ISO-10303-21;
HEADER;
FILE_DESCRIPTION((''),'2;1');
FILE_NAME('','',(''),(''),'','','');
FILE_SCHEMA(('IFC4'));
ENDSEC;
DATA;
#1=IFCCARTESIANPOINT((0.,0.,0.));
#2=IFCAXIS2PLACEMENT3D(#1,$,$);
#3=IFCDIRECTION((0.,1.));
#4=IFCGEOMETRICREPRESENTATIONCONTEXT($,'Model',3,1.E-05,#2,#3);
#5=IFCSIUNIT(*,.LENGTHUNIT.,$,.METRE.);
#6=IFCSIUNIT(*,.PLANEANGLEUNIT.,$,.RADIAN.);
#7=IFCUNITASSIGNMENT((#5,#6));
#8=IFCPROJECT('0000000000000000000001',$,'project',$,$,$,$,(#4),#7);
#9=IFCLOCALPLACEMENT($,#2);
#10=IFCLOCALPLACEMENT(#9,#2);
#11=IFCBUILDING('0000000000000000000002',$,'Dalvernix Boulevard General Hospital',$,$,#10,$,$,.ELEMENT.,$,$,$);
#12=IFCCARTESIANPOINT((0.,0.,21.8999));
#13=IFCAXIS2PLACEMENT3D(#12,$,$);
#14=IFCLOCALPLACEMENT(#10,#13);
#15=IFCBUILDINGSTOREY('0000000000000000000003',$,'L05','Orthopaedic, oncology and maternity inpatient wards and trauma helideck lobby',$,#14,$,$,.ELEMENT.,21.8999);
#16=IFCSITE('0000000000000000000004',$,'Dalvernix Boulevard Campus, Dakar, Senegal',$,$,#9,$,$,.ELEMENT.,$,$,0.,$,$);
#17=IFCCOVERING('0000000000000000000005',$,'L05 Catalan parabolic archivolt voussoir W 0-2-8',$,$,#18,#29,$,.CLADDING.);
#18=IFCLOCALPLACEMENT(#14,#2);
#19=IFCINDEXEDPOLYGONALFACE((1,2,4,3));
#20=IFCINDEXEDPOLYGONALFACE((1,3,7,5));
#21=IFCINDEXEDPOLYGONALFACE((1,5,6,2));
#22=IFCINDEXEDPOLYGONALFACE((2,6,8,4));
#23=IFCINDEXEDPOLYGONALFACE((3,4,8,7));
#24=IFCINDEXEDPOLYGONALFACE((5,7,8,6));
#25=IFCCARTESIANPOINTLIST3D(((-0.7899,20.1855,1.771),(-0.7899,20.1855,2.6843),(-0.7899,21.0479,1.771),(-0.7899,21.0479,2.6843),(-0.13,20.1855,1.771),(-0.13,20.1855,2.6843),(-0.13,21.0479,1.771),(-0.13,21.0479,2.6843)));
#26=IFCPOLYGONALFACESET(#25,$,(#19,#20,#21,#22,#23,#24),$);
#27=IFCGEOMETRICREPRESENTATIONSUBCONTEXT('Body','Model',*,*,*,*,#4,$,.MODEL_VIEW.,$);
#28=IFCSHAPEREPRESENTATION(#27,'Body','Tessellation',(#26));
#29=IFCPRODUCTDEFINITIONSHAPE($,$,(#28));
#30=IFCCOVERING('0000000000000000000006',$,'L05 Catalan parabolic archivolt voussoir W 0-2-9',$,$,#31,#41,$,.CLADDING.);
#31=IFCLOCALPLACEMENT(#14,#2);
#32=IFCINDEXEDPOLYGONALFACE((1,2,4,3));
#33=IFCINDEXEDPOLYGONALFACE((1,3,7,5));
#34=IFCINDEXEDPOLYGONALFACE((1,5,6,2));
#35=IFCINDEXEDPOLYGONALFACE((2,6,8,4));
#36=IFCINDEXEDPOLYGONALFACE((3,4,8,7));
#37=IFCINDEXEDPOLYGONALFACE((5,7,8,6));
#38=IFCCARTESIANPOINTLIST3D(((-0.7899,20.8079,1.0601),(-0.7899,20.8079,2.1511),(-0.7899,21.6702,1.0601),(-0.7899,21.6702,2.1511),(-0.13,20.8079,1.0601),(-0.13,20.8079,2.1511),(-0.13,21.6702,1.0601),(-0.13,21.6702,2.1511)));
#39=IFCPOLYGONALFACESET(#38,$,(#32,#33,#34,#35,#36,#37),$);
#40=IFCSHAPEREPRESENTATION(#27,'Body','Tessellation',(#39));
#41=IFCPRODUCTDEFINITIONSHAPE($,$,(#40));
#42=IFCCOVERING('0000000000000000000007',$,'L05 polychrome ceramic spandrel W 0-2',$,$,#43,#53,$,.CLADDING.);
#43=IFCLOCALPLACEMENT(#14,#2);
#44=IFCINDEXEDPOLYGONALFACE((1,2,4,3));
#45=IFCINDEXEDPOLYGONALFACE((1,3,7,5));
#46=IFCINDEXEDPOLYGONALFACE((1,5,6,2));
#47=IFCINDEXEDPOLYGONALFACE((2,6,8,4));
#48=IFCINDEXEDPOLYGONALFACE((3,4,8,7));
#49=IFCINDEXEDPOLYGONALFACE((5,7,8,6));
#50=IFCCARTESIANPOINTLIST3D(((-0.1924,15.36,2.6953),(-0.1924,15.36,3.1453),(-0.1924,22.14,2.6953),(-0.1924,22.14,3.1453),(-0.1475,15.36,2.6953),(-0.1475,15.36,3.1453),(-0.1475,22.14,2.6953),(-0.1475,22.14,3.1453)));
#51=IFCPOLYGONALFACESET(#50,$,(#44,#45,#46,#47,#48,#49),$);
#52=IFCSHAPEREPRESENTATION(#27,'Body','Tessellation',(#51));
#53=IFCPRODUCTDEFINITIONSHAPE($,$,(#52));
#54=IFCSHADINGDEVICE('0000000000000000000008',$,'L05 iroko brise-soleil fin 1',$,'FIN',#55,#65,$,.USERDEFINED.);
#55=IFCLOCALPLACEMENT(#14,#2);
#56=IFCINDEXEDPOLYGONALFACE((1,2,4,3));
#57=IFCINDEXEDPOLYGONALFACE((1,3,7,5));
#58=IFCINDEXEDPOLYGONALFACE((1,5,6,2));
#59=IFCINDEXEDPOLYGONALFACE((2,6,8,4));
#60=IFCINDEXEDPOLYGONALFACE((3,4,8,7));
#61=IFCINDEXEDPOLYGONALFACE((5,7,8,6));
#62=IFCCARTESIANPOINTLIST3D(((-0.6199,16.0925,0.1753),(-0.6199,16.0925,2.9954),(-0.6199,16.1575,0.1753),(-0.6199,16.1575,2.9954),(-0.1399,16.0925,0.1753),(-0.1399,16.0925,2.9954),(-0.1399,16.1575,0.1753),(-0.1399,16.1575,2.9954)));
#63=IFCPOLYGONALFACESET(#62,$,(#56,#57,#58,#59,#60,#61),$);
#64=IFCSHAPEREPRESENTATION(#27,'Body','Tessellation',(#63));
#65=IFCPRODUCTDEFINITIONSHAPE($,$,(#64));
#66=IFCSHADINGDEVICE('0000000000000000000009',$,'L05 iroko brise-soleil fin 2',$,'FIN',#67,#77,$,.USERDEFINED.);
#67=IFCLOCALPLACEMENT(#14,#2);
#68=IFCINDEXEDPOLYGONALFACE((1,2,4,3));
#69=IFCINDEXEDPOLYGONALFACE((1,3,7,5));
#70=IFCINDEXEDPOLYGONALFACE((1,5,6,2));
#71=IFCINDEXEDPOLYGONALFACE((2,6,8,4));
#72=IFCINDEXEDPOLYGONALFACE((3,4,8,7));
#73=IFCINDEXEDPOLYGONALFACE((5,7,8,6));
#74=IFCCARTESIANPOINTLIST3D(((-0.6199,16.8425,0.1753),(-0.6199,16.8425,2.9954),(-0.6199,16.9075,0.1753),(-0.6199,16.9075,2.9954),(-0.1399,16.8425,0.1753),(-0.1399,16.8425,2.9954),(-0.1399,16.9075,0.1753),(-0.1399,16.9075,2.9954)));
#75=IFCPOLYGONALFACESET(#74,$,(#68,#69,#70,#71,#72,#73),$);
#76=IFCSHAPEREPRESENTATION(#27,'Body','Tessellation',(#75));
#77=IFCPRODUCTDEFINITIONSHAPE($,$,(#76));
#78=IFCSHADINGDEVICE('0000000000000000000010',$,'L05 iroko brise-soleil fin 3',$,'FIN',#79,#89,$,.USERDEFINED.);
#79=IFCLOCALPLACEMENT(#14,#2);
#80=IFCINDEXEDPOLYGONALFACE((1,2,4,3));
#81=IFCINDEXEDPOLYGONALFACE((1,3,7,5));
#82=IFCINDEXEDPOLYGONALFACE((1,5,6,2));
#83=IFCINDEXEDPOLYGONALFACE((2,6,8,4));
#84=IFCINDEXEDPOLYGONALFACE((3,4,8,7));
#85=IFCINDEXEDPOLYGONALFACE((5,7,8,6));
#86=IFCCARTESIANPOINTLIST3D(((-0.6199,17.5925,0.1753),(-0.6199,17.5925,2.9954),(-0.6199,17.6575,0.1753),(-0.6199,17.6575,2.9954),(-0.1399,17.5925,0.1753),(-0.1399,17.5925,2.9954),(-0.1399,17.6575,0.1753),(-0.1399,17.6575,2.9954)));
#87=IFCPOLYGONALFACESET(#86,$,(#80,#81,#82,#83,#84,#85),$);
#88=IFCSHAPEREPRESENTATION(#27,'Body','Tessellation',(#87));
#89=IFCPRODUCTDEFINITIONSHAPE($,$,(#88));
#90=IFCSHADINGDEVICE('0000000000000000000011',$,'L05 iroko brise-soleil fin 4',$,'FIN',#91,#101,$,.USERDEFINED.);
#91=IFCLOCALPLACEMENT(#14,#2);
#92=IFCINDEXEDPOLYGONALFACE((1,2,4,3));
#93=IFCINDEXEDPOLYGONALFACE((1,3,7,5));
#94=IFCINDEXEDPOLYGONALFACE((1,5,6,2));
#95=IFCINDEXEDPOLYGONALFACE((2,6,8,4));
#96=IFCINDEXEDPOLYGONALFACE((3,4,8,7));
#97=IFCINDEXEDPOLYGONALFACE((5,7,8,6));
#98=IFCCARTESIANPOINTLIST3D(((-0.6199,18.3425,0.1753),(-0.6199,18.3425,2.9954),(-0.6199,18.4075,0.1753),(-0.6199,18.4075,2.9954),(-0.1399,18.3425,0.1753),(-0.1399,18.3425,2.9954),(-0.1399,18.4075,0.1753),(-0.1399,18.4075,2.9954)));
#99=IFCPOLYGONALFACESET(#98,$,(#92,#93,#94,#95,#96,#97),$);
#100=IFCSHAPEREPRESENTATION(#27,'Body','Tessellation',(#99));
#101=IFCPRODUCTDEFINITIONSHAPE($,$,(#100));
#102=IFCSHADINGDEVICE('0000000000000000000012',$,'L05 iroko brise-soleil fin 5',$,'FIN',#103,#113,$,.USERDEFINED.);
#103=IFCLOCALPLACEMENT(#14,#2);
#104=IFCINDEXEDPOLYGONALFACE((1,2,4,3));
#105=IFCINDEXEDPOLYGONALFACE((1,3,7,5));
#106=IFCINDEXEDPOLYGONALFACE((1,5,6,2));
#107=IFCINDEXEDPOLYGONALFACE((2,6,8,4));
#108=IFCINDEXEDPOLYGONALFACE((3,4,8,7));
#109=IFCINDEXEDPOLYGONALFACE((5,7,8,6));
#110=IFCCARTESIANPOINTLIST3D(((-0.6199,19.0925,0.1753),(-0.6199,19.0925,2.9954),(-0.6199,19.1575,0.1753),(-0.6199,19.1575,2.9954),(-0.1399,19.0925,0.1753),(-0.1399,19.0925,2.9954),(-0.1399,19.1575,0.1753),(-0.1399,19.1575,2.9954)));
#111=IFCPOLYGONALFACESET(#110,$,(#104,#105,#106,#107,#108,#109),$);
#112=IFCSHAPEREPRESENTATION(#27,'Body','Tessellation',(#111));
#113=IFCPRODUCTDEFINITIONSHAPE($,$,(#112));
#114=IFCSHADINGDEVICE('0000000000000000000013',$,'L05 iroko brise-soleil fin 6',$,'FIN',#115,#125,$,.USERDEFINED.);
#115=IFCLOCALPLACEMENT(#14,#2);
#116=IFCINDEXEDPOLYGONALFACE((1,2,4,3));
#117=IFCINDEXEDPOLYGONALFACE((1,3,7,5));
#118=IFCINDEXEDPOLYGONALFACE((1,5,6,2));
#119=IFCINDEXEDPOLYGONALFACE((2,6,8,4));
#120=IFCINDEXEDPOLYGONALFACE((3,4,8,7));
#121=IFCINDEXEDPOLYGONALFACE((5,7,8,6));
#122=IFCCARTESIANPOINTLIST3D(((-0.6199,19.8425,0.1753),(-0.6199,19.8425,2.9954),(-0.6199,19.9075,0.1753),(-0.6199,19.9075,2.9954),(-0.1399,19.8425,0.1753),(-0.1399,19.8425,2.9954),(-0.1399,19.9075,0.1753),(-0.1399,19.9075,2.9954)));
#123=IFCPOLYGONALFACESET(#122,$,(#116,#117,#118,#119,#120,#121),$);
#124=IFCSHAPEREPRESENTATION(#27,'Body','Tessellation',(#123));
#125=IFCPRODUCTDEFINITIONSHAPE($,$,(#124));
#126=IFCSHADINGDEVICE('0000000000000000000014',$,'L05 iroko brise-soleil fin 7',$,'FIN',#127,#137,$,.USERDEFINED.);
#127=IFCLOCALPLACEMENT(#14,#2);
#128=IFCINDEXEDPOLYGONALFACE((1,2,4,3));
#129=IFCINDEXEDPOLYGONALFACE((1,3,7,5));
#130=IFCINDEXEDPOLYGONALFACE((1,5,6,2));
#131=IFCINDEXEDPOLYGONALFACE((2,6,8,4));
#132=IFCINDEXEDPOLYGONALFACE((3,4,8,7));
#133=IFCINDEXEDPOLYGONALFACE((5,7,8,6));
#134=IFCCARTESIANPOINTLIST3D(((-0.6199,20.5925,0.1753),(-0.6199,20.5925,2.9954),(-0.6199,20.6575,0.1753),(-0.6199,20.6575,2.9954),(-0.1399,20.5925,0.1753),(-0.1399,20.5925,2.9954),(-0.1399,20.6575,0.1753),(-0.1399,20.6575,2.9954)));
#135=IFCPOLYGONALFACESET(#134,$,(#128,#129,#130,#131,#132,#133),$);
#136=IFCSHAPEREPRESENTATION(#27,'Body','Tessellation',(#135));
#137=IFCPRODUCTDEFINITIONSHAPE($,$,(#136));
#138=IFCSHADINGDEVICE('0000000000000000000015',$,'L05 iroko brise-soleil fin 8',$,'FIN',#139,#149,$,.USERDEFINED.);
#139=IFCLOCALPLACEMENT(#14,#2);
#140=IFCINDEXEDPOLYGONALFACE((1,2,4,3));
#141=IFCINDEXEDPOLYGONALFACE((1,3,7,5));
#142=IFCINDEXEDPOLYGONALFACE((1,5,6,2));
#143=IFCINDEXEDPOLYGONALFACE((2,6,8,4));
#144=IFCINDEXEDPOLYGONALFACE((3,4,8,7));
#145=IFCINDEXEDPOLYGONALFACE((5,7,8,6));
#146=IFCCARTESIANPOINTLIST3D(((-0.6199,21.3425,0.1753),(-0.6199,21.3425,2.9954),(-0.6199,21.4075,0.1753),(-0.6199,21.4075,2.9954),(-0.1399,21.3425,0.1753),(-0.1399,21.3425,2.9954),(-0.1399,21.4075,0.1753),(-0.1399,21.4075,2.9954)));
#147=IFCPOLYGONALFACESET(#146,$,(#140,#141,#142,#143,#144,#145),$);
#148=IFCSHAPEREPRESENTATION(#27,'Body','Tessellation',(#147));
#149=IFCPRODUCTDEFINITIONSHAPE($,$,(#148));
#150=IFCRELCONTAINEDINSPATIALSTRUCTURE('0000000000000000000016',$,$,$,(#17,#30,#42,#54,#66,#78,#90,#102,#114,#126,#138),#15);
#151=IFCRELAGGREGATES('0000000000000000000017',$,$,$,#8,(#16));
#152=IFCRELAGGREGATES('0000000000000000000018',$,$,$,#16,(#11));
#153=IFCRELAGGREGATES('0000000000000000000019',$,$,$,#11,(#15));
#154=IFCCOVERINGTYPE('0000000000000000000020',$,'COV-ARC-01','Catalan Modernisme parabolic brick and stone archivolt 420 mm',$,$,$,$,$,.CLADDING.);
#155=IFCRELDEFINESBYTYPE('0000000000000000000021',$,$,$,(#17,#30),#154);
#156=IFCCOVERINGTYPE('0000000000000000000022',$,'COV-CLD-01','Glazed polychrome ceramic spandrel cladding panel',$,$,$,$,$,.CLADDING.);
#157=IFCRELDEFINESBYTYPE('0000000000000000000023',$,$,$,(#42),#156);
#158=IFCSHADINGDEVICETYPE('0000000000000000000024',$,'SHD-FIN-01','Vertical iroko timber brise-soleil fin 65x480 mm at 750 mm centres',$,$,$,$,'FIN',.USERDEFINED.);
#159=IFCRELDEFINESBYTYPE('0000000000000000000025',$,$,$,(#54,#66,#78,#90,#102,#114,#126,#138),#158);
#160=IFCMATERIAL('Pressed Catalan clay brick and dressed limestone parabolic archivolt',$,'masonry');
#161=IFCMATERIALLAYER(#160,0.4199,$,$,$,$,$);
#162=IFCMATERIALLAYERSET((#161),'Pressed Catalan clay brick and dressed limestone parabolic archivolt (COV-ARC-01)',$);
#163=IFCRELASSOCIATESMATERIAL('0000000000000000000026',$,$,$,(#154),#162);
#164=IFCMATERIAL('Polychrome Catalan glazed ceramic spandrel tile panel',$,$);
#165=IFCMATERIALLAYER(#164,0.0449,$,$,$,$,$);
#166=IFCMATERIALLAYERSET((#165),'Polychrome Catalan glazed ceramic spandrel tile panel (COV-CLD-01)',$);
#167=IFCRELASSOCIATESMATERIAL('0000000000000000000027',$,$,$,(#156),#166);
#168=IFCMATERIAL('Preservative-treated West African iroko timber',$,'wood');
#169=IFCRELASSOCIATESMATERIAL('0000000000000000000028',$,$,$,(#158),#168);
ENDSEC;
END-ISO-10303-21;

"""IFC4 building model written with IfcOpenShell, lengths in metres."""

from ifc_helpers import new_model, si_unit, direction, frame, origin, origin_2d, place, context, subcontext, project, spatial, rectangle, extrude, material, layer, layer_set, type_object, element, save


model = new_model("IFC4")

# Units and contexts
model_context = context("Model", 3, precision=1e-05, world=origin(), true_north=direction((0.0, 1.0)))
body_context = subcontext(model_context, "Body", "Model", "MODEL_VIEW")
ifc_project = project(units=[si_unit("LENGTHUNIT", "METRE"), si_unit("PLANEANGLEUNIT", "RADIAN")], contexts=[model_context])

# Site, building, storey
site_placement = place(None, origin())
site = spatial("IfcSite", under=ifc_project, at=site_placement, Name="Dalvernix Boulevard Campus, Dakar, Senegal", CompositionType="ELEMENT", RefElevation=0.0)
building_placement = place(site_placement, origin())
building = spatial("IfcBuilding", under=site, at=building_placement, Name="Dalvernix Boulevard General Hospital", CompositionType="ELEMENT")
storey_placement = place(building_placement, frame((0.0, 0.0, 21.8999)))
storey = spatial("IfcBuildingStorey", under=building, at=storey_placement, Name="L05", Description="Orthopaedic, oncology and maternity inpatient wards and trauma helideck lobby", CompositionType="ELEMENT", Elevation=21.8999)

# Coverings
ifc_material_1 = material(Name="Pressed Catalan clay brick and dressed limestone parabolic archivolt", Category="masonry")
ifc_layer_1 = layer(ifc_material_1, 0.4199)
ifc_layer_set_1 = layer_set([ifc_layer_1], Name="Pressed Catalan clay brick and dressed limestone parabolic archivolt (COV-ARC-01)")
covering_type_1 = type_object("IfcCoveringType", Name="COV-ARC-01", Description="Catalan Modernisme parabolic brick and stone archivolt 420 mm", PredefinedType="CLADDING", material=ifc_layer_set_1)
covering_1_placement = place(storey_placement, frame((-0.46, 20.6167, 1.771), z_axis=(0.0, 0.0, 1.0), x_axis=(0.0, 1.0, 0.0)))
element("IfcCovering", 1, at=covering_1_placement, inside=storey, type_object=covering_type_1, Name="L05 Catalan parabolic archivolt voussoir W 0-2-8", PredefinedType="CLADDING", context=body_context, shape_type="SweptSolid", body=[
    extrude(rectangle(XDim=0.8623, YDim=0.6599, at=origin_2d()), origin(), (0.0, 0.0, 1.0), 0.9133),
])
covering_2_placement = place(storey_placement, frame((-0.46, 21.239, 1.0601), z_axis=(0.0, 0.0, 1.0), x_axis=(0.0, 1.0, 0.0)))
element("IfcCovering", 2, at=covering_2_placement, inside=storey, type_object=covering_type_1, Name="L05 Catalan parabolic archivolt voussoir W 0-2-9", PredefinedType="CLADDING", context=body_context, shape_type="SweptSolid", body=[
    extrude(rectangle(XDim=0.8623, YDim=0.6599, at=origin_2d()), origin(), (0.0, 0.0, 1.0), 1.0911),
])
ifc_material_2 = material(Name="Polychrome Catalan glazed ceramic spandrel tile panel")
ifc_layer_2 = layer(ifc_material_2, 0.0449)
ifc_layer_set_2 = layer_set([ifc_layer_2], Name="Polychrome Catalan glazed ceramic spandrel tile panel (COV-CLD-01)")
covering_type_2 = type_object("IfcCoveringType", Name="COV-CLD-01", Description="Glazed polychrome ceramic spandrel cladding panel", PredefinedType="CLADDING", material=ifc_layer_set_2)
covering_3_placement = place(storey_placement, frame((-0.1699, 18.75, 2.6953), z_axis=(0.0, 0.0, 1.0), x_axis=(0.0, 1.0, 0.0)))
element("IfcCovering", 3, at=covering_3_placement, inside=storey, type_object=covering_type_2, Name="L05 polychrome ceramic spandrel W 0-2", PredefinedType="CLADDING", context=body_context, shape_type="SweptSolid", body=[
    extrude(rectangle(XDim=6.78, YDim=0.0449, at=origin_2d()), origin(), (0.0, 0.0, 1.0), 0.45),
])

# Shading devices
ifc_material_3 = material(Name="Preservative-treated West African iroko timber", Category="wood")
shading_device_type = type_object("IfcShadingDeviceType", Name="SHD-FIN-01", Description="Vertical iroko timber brise-soleil fin 65x480 mm at 750 mm centres", ElementType="FIN", PredefinedType="USERDEFINED", material=ifc_material_3)
for number, where, z_axis, x_axis, name in (
    (4, (-0.3799, 16.125, 0.1753), (0.0, 0.0, 1.0), (0.0, 1.0, 0.0), "L05 iroko brise-soleil fin 1"),
    (5, (-0.3799, 16.875, 0.1753), (0.0, 0.0, 1.0), (0.0, 1.0, 0.0), "L05 iroko brise-soleil fin 2"),
    (6, (-0.3799, 17.625, 0.1753), (0.0, 0.0, 1.0), (0.0, 1.0, 0.0), "L05 iroko brise-soleil fin 3"),
    (7, (-0.3799, 18.375, 0.1753), (0.0, 0.0, 1.0), (0.0, 1.0, 0.0), "L05 iroko brise-soleil fin 4"),
    (8, (-0.3799, 19.125, 0.1753), (0.0, 0.0, 1.0), (0.0, 1.0, 0.0), "L05 iroko brise-soleil fin 5"),
    (9, (-0.3799, 19.875, 0.1753), (0.0, 0.0, 1.0), (0.0, 1.0, 0.0), "L05 iroko brise-soleil fin 6"),
    (10, (-0.3799, 20.625, 0.1753), (0.0, 0.0, 1.0), (0.0, 1.0, 0.0), "L05 iroko brise-soleil fin 7"),
    (11, (-0.3799, 21.375, 0.1753), (0.0, 0.0, 1.0), (0.0, 1.0, 0.0), "L05 iroko brise-soleil fin 8"),
):
    element("IfcShadingDevice", number, at=place(storey_placement, frame(where, z_axis=z_axis, x_axis=x_axis)), inside=storey, type_object=shading_device_type, Name=name, ObjectType="FIN", PredefinedType="USERDEFINED", context=body_context, shape_type="SweptSolid", body=[
        extrude(rectangle(XDim=0.0649, YDim=0.48, at=origin_2d()), origin(), (0.0, 0.0, 1.0), 2.8201),
    ])

save(model, "model.ifc")
